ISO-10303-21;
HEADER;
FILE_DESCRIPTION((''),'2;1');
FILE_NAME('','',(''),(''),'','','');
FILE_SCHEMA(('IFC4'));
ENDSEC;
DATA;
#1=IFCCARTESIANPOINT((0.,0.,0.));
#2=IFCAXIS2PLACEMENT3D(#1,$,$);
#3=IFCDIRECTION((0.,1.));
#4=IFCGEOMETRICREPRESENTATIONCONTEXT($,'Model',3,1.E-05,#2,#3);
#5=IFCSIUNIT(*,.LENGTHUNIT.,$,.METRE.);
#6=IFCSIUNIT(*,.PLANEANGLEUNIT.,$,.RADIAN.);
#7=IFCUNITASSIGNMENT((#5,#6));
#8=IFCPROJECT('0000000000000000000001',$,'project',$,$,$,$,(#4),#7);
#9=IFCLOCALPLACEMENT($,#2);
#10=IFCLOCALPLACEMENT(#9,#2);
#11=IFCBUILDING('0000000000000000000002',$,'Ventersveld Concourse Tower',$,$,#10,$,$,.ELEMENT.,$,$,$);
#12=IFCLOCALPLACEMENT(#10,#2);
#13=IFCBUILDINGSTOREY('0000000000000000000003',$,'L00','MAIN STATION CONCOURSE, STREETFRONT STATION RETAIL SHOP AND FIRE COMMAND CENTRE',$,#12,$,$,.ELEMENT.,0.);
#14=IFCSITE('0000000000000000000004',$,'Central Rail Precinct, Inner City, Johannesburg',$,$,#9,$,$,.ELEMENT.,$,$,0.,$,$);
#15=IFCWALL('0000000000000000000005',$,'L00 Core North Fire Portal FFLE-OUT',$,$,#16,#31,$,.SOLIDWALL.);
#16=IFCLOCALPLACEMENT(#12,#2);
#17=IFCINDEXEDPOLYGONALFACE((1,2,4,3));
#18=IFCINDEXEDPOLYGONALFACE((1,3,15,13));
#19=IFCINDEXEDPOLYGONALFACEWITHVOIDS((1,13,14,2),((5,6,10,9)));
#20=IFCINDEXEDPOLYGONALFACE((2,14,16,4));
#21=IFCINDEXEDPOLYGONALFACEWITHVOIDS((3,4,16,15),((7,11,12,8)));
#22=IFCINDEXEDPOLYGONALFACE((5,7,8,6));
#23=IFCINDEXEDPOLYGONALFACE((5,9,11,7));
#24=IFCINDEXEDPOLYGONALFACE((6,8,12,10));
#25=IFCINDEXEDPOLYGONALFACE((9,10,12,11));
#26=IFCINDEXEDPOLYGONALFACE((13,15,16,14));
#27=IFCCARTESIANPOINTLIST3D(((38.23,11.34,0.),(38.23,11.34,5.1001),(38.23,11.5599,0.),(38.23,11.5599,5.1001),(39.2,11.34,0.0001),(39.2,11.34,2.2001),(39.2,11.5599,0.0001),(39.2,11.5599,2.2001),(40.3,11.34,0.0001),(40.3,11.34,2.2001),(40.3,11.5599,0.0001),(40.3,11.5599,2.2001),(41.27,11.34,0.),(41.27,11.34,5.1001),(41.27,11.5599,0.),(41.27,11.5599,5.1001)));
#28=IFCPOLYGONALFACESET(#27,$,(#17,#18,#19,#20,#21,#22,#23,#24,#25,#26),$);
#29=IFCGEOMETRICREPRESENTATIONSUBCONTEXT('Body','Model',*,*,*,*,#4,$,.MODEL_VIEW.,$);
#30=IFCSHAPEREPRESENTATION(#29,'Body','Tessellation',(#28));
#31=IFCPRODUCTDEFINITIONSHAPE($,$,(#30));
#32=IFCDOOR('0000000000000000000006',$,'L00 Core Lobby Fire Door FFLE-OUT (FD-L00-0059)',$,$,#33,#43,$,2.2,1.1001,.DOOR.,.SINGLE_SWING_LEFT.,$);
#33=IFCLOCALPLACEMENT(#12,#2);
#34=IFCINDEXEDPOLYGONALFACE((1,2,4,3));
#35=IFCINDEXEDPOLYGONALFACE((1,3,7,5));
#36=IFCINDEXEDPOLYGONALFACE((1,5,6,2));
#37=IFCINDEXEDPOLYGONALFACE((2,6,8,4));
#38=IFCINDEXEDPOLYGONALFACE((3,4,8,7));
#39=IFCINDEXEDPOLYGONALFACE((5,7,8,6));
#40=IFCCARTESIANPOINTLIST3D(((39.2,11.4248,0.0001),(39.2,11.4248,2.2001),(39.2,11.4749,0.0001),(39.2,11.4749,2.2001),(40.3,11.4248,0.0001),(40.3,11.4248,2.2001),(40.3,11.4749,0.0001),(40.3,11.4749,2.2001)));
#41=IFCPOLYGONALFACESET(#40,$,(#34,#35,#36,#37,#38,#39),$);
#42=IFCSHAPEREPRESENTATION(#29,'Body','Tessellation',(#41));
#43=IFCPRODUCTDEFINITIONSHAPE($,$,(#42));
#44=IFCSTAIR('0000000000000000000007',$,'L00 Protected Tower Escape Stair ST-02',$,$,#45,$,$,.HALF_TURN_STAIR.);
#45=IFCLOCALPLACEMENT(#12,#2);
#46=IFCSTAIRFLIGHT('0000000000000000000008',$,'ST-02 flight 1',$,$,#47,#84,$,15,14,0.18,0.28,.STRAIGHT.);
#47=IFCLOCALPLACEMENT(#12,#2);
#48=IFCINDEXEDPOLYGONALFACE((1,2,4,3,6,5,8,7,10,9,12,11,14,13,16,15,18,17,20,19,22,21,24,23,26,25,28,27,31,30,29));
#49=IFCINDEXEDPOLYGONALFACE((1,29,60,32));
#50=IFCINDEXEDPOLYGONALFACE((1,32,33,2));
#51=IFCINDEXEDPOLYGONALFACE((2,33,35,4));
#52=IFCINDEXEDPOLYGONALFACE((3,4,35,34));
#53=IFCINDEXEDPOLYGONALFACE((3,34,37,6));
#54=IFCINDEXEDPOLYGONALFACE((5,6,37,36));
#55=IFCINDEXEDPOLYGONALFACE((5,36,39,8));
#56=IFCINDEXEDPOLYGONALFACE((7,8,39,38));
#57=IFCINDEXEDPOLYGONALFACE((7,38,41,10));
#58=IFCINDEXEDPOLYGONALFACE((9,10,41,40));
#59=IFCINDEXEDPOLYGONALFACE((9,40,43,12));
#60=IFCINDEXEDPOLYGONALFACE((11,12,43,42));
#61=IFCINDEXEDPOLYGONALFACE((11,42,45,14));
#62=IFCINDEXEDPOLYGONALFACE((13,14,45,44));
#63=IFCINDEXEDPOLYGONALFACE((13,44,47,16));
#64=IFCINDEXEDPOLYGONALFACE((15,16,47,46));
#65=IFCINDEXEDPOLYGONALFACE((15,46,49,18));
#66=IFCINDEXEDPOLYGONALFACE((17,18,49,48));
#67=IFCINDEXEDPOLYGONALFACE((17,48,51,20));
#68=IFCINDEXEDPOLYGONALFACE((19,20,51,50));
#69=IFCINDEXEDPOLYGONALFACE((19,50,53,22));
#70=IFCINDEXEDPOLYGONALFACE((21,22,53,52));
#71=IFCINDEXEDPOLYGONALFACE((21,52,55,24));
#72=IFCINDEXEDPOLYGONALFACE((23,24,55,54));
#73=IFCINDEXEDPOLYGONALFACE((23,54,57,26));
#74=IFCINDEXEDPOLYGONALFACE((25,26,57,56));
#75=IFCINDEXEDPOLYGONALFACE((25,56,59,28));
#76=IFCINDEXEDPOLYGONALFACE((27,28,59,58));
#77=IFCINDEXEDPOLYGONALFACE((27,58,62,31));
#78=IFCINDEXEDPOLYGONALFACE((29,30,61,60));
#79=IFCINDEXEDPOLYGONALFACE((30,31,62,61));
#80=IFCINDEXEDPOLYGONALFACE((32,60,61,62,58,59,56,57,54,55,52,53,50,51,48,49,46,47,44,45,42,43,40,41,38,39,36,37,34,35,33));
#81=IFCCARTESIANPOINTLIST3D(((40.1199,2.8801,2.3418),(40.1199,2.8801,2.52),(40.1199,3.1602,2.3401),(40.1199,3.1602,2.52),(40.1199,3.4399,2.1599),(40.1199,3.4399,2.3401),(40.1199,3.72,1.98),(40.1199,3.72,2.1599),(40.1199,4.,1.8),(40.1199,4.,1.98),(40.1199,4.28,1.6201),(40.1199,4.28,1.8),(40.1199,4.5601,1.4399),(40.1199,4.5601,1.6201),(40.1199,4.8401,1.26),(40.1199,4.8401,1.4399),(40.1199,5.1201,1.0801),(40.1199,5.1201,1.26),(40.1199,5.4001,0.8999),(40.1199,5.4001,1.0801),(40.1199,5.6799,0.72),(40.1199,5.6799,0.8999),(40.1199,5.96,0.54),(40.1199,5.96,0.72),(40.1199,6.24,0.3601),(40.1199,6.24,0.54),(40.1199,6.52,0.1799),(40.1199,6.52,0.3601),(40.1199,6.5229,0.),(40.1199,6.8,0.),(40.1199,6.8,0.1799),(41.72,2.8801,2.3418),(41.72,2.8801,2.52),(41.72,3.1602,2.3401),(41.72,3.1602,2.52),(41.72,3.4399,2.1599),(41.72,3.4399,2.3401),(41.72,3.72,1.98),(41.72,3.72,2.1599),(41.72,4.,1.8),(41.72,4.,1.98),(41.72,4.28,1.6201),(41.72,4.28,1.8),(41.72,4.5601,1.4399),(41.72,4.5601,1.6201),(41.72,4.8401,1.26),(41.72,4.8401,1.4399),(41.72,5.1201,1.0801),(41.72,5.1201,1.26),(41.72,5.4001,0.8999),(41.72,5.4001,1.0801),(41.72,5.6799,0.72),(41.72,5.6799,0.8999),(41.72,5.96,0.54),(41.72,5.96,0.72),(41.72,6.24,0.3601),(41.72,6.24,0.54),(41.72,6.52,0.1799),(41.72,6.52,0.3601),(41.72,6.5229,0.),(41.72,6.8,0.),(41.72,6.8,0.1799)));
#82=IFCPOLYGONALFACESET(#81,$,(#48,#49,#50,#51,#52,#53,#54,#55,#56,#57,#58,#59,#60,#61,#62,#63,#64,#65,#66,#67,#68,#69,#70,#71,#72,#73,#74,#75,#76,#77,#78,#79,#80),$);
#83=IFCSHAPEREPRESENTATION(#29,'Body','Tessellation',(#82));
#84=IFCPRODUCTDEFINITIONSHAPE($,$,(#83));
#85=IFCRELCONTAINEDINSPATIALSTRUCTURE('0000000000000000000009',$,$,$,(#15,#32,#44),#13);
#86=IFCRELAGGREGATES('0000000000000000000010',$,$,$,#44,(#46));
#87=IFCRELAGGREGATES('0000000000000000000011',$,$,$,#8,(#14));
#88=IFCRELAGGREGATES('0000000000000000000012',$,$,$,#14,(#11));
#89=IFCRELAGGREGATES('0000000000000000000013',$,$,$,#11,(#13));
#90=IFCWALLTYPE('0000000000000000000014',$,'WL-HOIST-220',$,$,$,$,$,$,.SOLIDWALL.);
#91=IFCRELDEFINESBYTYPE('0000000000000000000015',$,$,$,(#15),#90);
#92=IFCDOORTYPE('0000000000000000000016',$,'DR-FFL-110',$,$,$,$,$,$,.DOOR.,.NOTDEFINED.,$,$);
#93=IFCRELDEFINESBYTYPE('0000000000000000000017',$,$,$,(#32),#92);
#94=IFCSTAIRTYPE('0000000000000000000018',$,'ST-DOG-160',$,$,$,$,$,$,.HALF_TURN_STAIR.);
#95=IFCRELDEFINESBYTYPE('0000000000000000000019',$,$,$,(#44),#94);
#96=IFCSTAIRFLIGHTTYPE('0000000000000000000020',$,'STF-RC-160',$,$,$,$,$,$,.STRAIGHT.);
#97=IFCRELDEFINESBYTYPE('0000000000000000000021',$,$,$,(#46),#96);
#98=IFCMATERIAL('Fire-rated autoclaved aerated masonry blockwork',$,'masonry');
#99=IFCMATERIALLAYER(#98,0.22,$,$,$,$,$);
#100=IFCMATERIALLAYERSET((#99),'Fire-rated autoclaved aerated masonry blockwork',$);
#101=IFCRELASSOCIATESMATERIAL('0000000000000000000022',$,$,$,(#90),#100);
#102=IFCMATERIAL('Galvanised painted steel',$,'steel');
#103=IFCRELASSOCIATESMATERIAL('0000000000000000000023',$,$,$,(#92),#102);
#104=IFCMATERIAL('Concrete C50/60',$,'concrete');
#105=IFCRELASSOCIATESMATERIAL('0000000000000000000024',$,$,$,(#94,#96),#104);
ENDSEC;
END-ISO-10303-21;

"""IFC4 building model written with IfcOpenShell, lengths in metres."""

from ifc_helpers import new_model, si_unit, direction, frame, frame_2d, origin, place, context, subcontext, project, spatial, polyline, rectangle, outline, extrude, material, layer, layer_set, type_object, element, fill, aggregate, save


model = new_model("IFC4")

# Units and contexts
model_context = context("Model", 3, precision=1e-05, world=origin(), true_north=direction((0.0, 1.0)))
body_context = subcontext(model_context, "Body", "Model", "MODEL_VIEW")
ifc_project = project(units=[si_unit("LENGTHUNIT", "METRE"), si_unit("PLANEANGLEUNIT", "RADIAN")], contexts=[model_context])

# Site, building, storey
site_placement = place(None, origin())
site = spatial("IfcSite", under=ifc_project, at=site_placement, Name="Central Rail Precinct, Inner City, Johannesburg", CompositionType="ELEMENT", RefElevation=0.0)
building_placement = place(site_placement, origin())
building = spatial("IfcBuilding", under=site, at=building_placement, Name="Ventersveld Concourse Tower", CompositionType="ELEMENT")
storey_placement = place(building_placement, origin())
storey = spatial("IfcBuildingStorey", under=building, at=storey_placement, Name="L00", Description="MAIN STATION CONCOURSE, STREETFRONT STATION RETAIL SHOP AND FIRE COMMAND CENTRE", CompositionType="ELEMENT", Elevation=0.0)

# Shared definitions
ifc_material_1 = material(Name="Fire-rated autoclaved aerated masonry blockwork", Category="masonry")

# Shared definitions
ifc_layer_1 = layer(ifc_material_1, 0.22)
ifc_layer_set_1 = layer_set([ifc_layer_1], Name="Fire-rated autoclaved aerated masonry blockwork")
wall_type_1 = type_object("IfcWallType", Name="WL-HOIST-220", PredefinedType="SOLIDWALL", material=ifc_layer_set_1)

# Wall, opening, door
ifc_material_2 = material(Name="Galvanised painted steel", Category="steel")
wall_1_placement = place(storey_placement, frame((38.23, 11.45, 0.0), z_axis=(0.0, 0.0, 1.0), x_axis=(1.0, 0.0, 0.0)))
wall_1 = element("IfcWall", 1, at=wall_1_placement, inside=storey, type_object=wall_type_1, Name="L00 Core North Fire Portal FFLE-OUT", PredefinedType="SOLIDWALL", context=body_context, shape_type="SweptSolid", body=[
    extrude(rectangle(XDim=3.04, YDim=0.22, at=frame_2d((1.52, 0.0))), origin(), (0.0, 0.0, 1.0), 5.1001),
])
opening_1_placement = place(wall_1_placement, frame((0.97, 0.0, 0.0)))
opening_1 = element("IfcOpeningElement", 2, at=opening_1_placement, cuts=wall_1, PredefinedType="OPENING", context=body_context, shape_type="SweptSolid", body=[
    extrude(rectangle(XDim=1.1001, YDim=2.2, at=frame_2d((0.55, 1.1001))), frame((0.0, 0.1201, 0.0), z_axis=(0.0, -1.0, 0.0), x_axis=(1.0, 0.0, 0.0)), (0.0, 0.0, 1.0), 0.24),
])
door_type_1 = type_object("IfcDoorType", Name="DR-FFL-110", OperationType="NOTDEFINED", PredefinedType="DOOR", material=ifc_material_2)
door_1_placement = place(opening_1_placement, origin())
door_1 = element("IfcDoor", 3, at=door_1_placement, inside=storey, type_object=door_type_1, Name="L00 Core Lobby Fire Door FFLE-OUT (FD-L00-0059)", OperationType="SINGLE_SWING_LEFT", OverallHeight=2.2, OverallWidth=1.1001, PredefinedType="DOOR", context=body_context, shape_type="SweptSolid", body=[
    extrude(rectangle(XDim=1.1001, YDim=2.2, at=frame_2d((0.55, 1.1001))), frame((0.0, 0.0249, 0.0), z_axis=(0.0, -1.0, 0.0), x_axis=(1.0, 0.0, 0.0)), (0.0, 0.0, 1.0), 0.05),
])
fill(opening_1, door_1)

# Stair, stair flight
ifc_material_3 = material(Name="Concrete C50/60", Category="concrete")
stair_type = type_object("IfcStairType", Name="ST-DOG-160", PredefinedType="HALF_TURN_STAIR", material=ifc_material_3)
stair_placement = place(storey_placement, origin())
stair = element("IfcStair", 4, at=stair_placement, inside=storey, type_object=stair_type, Name="L00 Protected Tower Escape Stair ST-02", PredefinedType="HALF_TURN_STAIR")
stair_flight_type = type_object("IfcStairFlightType", Name="STF-RC-160", PredefinedType="STRAIGHT", material=ifc_material_3)
stair_flight_placement = place(storey_placement, frame((40.9199, 6.8, 0.0), z_axis=(0.0, 0.0, 1.0), x_axis=(0.0, -1.0, 0.0)))
stair_flight = element("IfcStairFlight", 5, at=stair_flight_placement, type_object=stair_flight_type, Name="ST-02 flight 1", NumberOfRisers=15, NumberOfTreads=14, PredefinedType="STRAIGHT", RiserHeight=0.18, TreadLength=0.28, context=body_context, shape_type="SweptSolid", body=[
    extrude(outline(polyline([(0.0, 0.0), (0.0, 0.1799), (0.28, 0.1799), (0.28, 0.3601), (0.5601, 0.3601), (0.5601, 0.54), (0.8401, 0.54), (0.8401, 0.72), (1.1201, 0.72), (1.1201, 0.8999), (1.3999, 0.8999), (1.3999, 1.0801), (1.6799, 1.0801), (1.6799, 1.26), (1.96, 1.26), (1.96, 1.4399), (2.24, 1.4399), (2.24, 1.6201), (2.52, 1.6201), (2.52, 1.8), (2.8, 1.8), (2.8, 1.98), (3.0801, 1.98), (3.0801, 2.1599), (3.3601, 2.1599), (3.3601, 2.3401), (3.6399, 2.3401), (3.6399, 2.52), (3.9199, 2.52), (3.9199, 2.7), (3.9199, 2.3418), (0.2771, 0.0), (0.0, 0.0)])), frame((0.0, 0.8, 0.0), z_axis=(0.0, -1.0, 0.0), x_axis=(1.0, 0.0, 0.0)), (0.0, 0.0, 1.0), 1.6001),
])
aggregate(stair, [stair_flight])

save(model, "model.ifc")
